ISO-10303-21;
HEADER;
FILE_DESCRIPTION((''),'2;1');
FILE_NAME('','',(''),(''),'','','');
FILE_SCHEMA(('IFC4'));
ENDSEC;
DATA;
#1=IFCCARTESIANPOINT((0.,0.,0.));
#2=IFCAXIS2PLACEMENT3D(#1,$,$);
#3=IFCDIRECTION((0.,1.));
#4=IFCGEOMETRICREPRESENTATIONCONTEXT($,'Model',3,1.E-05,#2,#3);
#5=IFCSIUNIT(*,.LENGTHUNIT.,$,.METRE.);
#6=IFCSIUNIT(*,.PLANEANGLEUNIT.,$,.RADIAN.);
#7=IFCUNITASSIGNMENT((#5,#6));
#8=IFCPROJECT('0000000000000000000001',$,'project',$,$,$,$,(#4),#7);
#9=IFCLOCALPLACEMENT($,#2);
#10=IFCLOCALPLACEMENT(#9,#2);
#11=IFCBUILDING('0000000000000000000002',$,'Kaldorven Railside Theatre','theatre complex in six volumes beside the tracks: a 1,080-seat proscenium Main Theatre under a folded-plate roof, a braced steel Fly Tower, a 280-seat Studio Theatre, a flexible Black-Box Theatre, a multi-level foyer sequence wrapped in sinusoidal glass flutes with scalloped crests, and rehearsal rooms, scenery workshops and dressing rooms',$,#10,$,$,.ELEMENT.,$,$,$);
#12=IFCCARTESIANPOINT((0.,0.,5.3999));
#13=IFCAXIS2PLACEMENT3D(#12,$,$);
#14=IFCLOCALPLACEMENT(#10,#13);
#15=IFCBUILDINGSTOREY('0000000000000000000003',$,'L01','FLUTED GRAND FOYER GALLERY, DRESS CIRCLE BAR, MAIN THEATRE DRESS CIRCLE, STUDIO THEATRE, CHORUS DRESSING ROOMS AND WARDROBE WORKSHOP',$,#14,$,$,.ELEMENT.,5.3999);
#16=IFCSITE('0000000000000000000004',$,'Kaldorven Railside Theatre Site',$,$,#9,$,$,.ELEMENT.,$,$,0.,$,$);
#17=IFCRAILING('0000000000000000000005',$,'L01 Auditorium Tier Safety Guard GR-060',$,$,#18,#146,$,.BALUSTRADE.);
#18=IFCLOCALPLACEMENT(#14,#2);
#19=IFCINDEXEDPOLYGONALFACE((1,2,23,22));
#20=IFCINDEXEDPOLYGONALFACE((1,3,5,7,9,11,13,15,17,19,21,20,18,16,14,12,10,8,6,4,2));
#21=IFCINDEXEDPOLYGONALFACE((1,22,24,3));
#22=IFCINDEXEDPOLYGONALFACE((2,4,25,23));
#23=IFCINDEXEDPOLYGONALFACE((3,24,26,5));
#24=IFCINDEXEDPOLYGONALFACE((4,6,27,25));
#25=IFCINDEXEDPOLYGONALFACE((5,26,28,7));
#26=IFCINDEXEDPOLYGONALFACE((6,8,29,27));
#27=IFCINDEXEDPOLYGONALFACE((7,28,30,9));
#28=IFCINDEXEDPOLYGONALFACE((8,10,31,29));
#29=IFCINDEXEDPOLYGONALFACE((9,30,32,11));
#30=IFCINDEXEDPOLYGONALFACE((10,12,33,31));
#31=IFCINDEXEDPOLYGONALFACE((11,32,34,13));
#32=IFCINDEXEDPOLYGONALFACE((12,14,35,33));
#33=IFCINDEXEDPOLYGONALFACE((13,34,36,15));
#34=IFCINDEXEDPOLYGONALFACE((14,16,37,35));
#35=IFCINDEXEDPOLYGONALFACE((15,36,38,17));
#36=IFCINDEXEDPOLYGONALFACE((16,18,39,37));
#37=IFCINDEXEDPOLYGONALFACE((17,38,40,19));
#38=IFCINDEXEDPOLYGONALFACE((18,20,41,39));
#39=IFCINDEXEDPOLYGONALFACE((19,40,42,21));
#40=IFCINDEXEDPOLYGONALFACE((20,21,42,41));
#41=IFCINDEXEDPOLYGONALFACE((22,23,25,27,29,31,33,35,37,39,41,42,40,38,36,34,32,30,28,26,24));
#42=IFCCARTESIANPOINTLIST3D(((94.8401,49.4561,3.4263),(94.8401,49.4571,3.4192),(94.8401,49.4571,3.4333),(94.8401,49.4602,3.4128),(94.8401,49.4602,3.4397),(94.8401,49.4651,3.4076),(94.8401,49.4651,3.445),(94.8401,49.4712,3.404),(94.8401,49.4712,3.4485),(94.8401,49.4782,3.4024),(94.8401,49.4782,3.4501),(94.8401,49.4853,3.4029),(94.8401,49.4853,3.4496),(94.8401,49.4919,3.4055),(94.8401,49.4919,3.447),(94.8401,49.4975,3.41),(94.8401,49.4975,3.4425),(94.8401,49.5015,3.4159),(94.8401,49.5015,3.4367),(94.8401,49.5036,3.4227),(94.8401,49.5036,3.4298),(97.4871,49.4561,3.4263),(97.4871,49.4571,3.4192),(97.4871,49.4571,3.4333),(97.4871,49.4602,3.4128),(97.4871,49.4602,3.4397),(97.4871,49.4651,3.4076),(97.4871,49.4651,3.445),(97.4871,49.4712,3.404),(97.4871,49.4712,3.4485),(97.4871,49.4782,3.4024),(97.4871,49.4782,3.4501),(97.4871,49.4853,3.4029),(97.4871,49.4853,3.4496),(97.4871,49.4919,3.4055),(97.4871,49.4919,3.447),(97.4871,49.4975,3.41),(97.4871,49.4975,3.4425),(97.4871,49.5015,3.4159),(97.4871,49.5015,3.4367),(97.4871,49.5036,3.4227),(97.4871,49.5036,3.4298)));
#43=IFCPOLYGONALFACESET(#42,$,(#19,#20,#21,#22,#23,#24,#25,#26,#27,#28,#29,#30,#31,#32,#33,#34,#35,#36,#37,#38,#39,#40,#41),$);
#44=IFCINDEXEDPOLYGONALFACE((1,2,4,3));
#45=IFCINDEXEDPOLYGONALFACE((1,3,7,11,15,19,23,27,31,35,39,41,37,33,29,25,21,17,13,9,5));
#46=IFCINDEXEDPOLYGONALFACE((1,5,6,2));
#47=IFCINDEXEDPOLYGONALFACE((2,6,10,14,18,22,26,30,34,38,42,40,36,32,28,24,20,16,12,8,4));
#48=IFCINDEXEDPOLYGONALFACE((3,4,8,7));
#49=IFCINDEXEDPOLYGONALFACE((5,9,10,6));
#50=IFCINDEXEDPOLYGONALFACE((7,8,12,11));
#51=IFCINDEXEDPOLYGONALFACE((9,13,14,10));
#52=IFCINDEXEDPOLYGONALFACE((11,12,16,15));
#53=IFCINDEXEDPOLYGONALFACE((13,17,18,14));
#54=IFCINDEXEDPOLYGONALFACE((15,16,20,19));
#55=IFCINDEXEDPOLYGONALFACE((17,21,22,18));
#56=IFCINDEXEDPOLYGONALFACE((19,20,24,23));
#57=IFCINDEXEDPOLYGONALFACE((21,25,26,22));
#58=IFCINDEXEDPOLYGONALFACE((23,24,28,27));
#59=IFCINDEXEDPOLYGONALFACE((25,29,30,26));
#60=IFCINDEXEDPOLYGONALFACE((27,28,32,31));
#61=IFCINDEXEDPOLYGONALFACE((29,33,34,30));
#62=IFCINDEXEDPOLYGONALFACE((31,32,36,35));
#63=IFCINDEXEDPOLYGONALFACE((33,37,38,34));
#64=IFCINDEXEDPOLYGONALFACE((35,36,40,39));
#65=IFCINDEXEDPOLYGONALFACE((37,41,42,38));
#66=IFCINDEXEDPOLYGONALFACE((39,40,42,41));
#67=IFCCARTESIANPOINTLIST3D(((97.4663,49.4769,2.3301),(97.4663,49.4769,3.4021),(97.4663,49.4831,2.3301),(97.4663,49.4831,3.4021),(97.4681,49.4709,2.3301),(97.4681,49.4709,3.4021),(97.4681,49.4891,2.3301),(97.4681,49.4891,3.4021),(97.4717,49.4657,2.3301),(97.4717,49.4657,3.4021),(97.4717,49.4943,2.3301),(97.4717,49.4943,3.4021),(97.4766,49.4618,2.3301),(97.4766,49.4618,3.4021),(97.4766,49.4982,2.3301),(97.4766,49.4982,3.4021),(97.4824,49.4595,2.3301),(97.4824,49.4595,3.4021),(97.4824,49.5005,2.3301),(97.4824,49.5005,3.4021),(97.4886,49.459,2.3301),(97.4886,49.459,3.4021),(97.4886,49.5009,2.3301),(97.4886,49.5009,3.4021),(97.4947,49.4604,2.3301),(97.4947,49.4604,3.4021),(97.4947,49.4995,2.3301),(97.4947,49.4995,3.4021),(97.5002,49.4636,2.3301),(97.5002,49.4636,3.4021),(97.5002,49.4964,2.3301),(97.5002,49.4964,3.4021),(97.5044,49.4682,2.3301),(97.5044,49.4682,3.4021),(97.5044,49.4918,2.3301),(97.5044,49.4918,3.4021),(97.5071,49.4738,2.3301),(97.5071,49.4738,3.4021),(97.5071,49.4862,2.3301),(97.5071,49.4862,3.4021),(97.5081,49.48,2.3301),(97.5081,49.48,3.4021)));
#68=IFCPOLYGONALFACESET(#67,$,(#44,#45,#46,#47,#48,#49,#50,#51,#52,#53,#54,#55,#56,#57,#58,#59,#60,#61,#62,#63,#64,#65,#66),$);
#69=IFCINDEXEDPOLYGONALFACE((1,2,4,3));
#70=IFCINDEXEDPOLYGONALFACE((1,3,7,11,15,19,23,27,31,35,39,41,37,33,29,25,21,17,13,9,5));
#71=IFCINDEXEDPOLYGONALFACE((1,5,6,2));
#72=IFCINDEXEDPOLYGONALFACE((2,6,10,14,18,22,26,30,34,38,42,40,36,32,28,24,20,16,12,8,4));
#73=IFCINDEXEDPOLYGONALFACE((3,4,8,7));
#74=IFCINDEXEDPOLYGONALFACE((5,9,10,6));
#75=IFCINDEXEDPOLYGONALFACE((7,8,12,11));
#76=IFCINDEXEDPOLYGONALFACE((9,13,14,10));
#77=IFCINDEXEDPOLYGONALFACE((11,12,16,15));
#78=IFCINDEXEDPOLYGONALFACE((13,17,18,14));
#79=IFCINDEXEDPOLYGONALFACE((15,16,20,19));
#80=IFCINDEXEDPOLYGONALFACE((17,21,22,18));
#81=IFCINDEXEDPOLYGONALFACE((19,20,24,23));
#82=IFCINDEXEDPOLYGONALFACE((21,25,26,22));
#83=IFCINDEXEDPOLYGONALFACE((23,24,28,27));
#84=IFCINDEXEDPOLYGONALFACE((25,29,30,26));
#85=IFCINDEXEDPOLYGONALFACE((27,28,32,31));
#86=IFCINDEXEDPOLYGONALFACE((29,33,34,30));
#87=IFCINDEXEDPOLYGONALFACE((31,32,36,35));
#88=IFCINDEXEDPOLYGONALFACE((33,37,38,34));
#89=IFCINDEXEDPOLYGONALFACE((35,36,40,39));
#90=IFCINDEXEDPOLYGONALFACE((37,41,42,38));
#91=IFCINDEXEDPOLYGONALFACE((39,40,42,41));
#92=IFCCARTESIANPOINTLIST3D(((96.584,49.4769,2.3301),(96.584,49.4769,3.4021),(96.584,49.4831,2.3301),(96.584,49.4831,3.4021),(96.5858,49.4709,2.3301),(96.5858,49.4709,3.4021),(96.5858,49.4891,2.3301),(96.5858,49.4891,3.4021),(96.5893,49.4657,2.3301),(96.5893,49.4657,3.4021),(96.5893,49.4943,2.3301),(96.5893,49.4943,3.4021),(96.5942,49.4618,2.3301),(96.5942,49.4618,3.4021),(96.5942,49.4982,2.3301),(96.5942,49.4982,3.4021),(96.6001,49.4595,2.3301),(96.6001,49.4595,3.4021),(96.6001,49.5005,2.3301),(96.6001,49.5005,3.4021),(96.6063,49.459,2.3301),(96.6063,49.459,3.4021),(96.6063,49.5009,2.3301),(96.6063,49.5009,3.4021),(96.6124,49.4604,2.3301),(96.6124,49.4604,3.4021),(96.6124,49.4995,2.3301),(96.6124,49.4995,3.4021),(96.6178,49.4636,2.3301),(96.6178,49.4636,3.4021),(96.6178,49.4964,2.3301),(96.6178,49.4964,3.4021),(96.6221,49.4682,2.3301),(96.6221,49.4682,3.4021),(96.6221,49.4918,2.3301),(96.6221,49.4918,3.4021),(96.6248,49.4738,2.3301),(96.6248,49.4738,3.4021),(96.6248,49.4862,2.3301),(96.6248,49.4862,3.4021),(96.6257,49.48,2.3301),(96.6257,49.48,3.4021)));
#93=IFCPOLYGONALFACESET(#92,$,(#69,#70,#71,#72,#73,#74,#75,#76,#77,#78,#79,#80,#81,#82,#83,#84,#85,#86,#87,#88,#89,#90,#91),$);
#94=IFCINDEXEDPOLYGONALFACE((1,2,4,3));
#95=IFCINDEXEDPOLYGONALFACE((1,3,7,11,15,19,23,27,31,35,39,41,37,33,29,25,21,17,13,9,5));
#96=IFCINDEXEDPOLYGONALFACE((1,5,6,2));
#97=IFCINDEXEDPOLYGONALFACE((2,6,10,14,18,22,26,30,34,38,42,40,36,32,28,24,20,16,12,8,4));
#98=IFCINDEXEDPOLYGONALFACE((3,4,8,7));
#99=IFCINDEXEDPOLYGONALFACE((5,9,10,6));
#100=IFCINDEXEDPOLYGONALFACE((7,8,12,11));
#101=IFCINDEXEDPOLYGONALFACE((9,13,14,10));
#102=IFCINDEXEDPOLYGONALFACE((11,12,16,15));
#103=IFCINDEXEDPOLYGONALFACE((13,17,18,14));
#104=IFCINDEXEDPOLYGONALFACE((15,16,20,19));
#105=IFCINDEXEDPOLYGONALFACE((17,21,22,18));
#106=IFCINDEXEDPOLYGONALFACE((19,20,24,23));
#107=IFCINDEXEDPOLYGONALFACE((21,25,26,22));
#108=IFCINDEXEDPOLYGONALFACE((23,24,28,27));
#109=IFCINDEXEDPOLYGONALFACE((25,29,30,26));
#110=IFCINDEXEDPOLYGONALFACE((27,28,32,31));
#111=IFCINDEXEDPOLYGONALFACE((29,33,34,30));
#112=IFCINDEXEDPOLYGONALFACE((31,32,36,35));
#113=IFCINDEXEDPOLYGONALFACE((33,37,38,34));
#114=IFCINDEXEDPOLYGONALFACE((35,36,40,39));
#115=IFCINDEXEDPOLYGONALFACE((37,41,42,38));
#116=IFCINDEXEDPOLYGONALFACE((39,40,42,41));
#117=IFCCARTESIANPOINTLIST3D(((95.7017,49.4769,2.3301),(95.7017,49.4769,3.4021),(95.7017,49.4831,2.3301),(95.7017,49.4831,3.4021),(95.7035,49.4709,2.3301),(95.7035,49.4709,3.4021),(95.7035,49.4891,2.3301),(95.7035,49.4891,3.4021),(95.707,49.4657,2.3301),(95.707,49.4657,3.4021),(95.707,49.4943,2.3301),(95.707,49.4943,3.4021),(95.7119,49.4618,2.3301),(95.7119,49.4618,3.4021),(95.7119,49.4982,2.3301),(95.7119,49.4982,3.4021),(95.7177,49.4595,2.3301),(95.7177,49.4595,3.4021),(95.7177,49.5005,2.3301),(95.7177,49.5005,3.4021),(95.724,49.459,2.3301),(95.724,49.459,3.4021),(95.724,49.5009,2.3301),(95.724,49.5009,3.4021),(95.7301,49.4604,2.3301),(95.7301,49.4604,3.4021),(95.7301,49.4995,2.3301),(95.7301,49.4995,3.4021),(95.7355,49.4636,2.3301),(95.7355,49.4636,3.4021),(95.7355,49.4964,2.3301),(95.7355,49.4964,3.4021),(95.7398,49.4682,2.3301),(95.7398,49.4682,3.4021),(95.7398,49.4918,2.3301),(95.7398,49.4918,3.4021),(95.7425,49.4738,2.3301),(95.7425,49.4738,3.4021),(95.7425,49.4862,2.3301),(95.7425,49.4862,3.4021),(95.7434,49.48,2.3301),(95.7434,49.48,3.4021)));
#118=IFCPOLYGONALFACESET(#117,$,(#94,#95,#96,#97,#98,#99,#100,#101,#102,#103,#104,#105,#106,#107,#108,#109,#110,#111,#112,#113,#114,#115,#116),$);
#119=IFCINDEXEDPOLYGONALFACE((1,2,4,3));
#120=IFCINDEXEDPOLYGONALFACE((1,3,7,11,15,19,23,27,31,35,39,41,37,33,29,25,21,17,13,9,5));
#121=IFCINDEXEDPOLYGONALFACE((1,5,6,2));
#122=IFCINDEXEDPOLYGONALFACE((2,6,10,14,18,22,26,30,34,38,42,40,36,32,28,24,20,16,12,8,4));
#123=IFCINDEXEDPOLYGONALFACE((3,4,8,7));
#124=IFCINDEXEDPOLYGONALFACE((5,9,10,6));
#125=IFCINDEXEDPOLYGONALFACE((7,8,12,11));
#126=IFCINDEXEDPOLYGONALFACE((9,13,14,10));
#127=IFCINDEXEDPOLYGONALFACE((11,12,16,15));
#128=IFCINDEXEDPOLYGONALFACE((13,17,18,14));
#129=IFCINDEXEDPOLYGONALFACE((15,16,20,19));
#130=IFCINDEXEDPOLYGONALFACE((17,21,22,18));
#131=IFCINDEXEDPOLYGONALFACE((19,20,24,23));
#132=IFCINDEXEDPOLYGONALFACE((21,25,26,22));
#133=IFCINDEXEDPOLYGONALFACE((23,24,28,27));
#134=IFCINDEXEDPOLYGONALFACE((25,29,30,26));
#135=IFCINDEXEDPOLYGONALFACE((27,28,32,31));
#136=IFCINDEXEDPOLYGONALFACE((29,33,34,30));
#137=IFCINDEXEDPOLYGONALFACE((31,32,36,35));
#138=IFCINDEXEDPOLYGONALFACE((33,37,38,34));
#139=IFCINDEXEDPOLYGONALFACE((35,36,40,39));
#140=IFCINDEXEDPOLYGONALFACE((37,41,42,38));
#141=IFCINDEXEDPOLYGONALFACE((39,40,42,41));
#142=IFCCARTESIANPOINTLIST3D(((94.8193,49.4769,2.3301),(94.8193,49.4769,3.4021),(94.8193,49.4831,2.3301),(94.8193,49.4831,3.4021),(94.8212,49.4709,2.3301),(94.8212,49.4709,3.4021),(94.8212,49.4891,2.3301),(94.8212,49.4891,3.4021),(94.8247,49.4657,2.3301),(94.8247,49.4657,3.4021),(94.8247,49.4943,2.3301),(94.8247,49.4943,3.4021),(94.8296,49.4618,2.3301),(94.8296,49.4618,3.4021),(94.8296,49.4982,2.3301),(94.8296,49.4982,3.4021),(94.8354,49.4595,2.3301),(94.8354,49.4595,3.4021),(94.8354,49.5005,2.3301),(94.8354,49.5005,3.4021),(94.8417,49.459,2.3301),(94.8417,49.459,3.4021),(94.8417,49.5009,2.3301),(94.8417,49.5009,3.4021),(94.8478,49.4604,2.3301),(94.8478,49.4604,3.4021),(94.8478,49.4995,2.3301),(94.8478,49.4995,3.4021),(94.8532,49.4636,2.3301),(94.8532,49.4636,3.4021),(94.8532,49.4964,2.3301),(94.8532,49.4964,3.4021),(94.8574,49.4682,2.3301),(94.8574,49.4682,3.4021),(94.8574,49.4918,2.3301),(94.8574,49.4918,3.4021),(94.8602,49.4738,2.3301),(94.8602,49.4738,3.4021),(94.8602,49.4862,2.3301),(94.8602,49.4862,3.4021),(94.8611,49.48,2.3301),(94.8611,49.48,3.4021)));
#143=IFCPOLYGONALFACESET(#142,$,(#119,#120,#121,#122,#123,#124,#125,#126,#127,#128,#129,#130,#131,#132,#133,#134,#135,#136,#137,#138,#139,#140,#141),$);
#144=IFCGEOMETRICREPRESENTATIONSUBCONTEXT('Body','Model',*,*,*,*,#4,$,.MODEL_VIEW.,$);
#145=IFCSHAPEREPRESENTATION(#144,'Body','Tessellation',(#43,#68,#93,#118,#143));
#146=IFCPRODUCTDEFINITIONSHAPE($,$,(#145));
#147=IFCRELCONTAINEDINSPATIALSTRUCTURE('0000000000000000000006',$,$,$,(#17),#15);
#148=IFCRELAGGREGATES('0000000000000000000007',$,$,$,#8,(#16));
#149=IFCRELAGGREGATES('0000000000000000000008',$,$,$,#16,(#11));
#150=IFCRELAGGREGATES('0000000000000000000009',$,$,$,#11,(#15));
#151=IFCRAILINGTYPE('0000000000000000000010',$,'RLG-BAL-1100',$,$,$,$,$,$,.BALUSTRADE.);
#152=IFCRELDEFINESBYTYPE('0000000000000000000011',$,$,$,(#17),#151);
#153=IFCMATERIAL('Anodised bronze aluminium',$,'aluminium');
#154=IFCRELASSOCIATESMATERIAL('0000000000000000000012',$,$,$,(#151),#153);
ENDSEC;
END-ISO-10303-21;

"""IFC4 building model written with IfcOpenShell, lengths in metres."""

from ifc_helpers import new_model, si_unit, direction, frame, origin, origin_2d, place, context, subcontext, project, spatial, circle, extrude, material, type_object, element, save


model = new_model("IFC4")

# Units and contexts
model_context = context("Model", 3, precision=1e-05, world=origin(), true_north=direction((0.0, 1.0)))
body_context = subcontext(model_context, "Body", "Model", "MODEL_VIEW")
ifc_project = project(units=[si_unit("LENGTHUNIT", "METRE"), si_unit("PLANEANGLEUNIT", "RADIAN")], contexts=[model_context])

# Site, building, storey
site_placement = place(None, origin())
site = spatial("IfcSite", under=ifc_project, at=site_placement, Name="Kaldorven Railside Theatre Site", CompositionType="ELEMENT", RefElevation=0.0)
building_placement = place(site_placement, origin())
building = spatial("IfcBuilding", under=site, at=building_placement, Name="Kaldorven Railside Theatre", Description="theatre complex in six volumes beside the tracks: a 1,080-seat proscenium Main Theatre under a folded-plate roof, a braced steel Fly Tower, a 280-seat Studio Theatre, a flexible Black-Box Theatre, a multi-level foyer sequence wrapped in sinusoidal glass flutes with scalloped crests, and rehearsal rooms, scenery workshops and dressing rooms", CompositionType="ELEMENT")
storey_placement = place(building_placement, frame((0.0, 0.0, 5.3999)))
storey = spatial("IfcBuildingStorey", under=building, at=storey_placement, Name="L01", Description="FLUTED GRAND FOYER GALLERY, DRESS CIRCLE BAR, MAIN THEATRE DRESS CIRCLE, STUDIO THEATRE, CHORUS DRESSING ROOMS AND WARDROBE WORKSHOP", CompositionType="ELEMENT", Elevation=5.3999)

# Railing
ifc_material_1 = material(Name="Anodised bronze aluminium", Category="aluminium")
railing_type = type_object("IfcRailingType", Name="RLG-BAL-1100", PredefinedType="BALUSTRADE", material=ifc_material_1)
for number, where, name in (
    (1, (97.4871, 49.48, 2.3301), "L01 Auditorium Tier Safety Guard GR-060"),
):
    element("IfcRailing", number, at=place(storey_placement, frame(where)), inside=storey, type_object=railing_type, Name=name, PredefinedType="BALUSTRADE", context=body_context, shape_type="SweptSolid", body=[
        extrude(circle(Radius=0.0239, at=origin_2d()), frame((0.0, 0.0, 1.0962), z_axis=(-1.0, 0.0, 0.0), x_axis=(0.0, -1.0, 0.0)), (0.0, 0.0, 1.0), 2.647),
        extrude(circle(Radius=0.021, at=origin_2d()), origin(), (0.0, 0.0, 1.0), 1.072),
        extrude(circle(Radius=0.021, at=origin_2d()), frame((-0.8823, 0.0, 0.0)), (0.0, 0.0, 1.0), 1.072),
        extrude(circle(Radius=0.021, at=origin_2d()), frame((-1.7646, 0.0, 0.0)), (0.0, 0.0, 1.0), 1.072),
        extrude(circle(Radius=0.021, at=origin_2d()), frame((-2.647, 0.0, 0.0)), (0.0, 0.0, 1.0), 1.072),
    ])

save(model, "model.ifc")
